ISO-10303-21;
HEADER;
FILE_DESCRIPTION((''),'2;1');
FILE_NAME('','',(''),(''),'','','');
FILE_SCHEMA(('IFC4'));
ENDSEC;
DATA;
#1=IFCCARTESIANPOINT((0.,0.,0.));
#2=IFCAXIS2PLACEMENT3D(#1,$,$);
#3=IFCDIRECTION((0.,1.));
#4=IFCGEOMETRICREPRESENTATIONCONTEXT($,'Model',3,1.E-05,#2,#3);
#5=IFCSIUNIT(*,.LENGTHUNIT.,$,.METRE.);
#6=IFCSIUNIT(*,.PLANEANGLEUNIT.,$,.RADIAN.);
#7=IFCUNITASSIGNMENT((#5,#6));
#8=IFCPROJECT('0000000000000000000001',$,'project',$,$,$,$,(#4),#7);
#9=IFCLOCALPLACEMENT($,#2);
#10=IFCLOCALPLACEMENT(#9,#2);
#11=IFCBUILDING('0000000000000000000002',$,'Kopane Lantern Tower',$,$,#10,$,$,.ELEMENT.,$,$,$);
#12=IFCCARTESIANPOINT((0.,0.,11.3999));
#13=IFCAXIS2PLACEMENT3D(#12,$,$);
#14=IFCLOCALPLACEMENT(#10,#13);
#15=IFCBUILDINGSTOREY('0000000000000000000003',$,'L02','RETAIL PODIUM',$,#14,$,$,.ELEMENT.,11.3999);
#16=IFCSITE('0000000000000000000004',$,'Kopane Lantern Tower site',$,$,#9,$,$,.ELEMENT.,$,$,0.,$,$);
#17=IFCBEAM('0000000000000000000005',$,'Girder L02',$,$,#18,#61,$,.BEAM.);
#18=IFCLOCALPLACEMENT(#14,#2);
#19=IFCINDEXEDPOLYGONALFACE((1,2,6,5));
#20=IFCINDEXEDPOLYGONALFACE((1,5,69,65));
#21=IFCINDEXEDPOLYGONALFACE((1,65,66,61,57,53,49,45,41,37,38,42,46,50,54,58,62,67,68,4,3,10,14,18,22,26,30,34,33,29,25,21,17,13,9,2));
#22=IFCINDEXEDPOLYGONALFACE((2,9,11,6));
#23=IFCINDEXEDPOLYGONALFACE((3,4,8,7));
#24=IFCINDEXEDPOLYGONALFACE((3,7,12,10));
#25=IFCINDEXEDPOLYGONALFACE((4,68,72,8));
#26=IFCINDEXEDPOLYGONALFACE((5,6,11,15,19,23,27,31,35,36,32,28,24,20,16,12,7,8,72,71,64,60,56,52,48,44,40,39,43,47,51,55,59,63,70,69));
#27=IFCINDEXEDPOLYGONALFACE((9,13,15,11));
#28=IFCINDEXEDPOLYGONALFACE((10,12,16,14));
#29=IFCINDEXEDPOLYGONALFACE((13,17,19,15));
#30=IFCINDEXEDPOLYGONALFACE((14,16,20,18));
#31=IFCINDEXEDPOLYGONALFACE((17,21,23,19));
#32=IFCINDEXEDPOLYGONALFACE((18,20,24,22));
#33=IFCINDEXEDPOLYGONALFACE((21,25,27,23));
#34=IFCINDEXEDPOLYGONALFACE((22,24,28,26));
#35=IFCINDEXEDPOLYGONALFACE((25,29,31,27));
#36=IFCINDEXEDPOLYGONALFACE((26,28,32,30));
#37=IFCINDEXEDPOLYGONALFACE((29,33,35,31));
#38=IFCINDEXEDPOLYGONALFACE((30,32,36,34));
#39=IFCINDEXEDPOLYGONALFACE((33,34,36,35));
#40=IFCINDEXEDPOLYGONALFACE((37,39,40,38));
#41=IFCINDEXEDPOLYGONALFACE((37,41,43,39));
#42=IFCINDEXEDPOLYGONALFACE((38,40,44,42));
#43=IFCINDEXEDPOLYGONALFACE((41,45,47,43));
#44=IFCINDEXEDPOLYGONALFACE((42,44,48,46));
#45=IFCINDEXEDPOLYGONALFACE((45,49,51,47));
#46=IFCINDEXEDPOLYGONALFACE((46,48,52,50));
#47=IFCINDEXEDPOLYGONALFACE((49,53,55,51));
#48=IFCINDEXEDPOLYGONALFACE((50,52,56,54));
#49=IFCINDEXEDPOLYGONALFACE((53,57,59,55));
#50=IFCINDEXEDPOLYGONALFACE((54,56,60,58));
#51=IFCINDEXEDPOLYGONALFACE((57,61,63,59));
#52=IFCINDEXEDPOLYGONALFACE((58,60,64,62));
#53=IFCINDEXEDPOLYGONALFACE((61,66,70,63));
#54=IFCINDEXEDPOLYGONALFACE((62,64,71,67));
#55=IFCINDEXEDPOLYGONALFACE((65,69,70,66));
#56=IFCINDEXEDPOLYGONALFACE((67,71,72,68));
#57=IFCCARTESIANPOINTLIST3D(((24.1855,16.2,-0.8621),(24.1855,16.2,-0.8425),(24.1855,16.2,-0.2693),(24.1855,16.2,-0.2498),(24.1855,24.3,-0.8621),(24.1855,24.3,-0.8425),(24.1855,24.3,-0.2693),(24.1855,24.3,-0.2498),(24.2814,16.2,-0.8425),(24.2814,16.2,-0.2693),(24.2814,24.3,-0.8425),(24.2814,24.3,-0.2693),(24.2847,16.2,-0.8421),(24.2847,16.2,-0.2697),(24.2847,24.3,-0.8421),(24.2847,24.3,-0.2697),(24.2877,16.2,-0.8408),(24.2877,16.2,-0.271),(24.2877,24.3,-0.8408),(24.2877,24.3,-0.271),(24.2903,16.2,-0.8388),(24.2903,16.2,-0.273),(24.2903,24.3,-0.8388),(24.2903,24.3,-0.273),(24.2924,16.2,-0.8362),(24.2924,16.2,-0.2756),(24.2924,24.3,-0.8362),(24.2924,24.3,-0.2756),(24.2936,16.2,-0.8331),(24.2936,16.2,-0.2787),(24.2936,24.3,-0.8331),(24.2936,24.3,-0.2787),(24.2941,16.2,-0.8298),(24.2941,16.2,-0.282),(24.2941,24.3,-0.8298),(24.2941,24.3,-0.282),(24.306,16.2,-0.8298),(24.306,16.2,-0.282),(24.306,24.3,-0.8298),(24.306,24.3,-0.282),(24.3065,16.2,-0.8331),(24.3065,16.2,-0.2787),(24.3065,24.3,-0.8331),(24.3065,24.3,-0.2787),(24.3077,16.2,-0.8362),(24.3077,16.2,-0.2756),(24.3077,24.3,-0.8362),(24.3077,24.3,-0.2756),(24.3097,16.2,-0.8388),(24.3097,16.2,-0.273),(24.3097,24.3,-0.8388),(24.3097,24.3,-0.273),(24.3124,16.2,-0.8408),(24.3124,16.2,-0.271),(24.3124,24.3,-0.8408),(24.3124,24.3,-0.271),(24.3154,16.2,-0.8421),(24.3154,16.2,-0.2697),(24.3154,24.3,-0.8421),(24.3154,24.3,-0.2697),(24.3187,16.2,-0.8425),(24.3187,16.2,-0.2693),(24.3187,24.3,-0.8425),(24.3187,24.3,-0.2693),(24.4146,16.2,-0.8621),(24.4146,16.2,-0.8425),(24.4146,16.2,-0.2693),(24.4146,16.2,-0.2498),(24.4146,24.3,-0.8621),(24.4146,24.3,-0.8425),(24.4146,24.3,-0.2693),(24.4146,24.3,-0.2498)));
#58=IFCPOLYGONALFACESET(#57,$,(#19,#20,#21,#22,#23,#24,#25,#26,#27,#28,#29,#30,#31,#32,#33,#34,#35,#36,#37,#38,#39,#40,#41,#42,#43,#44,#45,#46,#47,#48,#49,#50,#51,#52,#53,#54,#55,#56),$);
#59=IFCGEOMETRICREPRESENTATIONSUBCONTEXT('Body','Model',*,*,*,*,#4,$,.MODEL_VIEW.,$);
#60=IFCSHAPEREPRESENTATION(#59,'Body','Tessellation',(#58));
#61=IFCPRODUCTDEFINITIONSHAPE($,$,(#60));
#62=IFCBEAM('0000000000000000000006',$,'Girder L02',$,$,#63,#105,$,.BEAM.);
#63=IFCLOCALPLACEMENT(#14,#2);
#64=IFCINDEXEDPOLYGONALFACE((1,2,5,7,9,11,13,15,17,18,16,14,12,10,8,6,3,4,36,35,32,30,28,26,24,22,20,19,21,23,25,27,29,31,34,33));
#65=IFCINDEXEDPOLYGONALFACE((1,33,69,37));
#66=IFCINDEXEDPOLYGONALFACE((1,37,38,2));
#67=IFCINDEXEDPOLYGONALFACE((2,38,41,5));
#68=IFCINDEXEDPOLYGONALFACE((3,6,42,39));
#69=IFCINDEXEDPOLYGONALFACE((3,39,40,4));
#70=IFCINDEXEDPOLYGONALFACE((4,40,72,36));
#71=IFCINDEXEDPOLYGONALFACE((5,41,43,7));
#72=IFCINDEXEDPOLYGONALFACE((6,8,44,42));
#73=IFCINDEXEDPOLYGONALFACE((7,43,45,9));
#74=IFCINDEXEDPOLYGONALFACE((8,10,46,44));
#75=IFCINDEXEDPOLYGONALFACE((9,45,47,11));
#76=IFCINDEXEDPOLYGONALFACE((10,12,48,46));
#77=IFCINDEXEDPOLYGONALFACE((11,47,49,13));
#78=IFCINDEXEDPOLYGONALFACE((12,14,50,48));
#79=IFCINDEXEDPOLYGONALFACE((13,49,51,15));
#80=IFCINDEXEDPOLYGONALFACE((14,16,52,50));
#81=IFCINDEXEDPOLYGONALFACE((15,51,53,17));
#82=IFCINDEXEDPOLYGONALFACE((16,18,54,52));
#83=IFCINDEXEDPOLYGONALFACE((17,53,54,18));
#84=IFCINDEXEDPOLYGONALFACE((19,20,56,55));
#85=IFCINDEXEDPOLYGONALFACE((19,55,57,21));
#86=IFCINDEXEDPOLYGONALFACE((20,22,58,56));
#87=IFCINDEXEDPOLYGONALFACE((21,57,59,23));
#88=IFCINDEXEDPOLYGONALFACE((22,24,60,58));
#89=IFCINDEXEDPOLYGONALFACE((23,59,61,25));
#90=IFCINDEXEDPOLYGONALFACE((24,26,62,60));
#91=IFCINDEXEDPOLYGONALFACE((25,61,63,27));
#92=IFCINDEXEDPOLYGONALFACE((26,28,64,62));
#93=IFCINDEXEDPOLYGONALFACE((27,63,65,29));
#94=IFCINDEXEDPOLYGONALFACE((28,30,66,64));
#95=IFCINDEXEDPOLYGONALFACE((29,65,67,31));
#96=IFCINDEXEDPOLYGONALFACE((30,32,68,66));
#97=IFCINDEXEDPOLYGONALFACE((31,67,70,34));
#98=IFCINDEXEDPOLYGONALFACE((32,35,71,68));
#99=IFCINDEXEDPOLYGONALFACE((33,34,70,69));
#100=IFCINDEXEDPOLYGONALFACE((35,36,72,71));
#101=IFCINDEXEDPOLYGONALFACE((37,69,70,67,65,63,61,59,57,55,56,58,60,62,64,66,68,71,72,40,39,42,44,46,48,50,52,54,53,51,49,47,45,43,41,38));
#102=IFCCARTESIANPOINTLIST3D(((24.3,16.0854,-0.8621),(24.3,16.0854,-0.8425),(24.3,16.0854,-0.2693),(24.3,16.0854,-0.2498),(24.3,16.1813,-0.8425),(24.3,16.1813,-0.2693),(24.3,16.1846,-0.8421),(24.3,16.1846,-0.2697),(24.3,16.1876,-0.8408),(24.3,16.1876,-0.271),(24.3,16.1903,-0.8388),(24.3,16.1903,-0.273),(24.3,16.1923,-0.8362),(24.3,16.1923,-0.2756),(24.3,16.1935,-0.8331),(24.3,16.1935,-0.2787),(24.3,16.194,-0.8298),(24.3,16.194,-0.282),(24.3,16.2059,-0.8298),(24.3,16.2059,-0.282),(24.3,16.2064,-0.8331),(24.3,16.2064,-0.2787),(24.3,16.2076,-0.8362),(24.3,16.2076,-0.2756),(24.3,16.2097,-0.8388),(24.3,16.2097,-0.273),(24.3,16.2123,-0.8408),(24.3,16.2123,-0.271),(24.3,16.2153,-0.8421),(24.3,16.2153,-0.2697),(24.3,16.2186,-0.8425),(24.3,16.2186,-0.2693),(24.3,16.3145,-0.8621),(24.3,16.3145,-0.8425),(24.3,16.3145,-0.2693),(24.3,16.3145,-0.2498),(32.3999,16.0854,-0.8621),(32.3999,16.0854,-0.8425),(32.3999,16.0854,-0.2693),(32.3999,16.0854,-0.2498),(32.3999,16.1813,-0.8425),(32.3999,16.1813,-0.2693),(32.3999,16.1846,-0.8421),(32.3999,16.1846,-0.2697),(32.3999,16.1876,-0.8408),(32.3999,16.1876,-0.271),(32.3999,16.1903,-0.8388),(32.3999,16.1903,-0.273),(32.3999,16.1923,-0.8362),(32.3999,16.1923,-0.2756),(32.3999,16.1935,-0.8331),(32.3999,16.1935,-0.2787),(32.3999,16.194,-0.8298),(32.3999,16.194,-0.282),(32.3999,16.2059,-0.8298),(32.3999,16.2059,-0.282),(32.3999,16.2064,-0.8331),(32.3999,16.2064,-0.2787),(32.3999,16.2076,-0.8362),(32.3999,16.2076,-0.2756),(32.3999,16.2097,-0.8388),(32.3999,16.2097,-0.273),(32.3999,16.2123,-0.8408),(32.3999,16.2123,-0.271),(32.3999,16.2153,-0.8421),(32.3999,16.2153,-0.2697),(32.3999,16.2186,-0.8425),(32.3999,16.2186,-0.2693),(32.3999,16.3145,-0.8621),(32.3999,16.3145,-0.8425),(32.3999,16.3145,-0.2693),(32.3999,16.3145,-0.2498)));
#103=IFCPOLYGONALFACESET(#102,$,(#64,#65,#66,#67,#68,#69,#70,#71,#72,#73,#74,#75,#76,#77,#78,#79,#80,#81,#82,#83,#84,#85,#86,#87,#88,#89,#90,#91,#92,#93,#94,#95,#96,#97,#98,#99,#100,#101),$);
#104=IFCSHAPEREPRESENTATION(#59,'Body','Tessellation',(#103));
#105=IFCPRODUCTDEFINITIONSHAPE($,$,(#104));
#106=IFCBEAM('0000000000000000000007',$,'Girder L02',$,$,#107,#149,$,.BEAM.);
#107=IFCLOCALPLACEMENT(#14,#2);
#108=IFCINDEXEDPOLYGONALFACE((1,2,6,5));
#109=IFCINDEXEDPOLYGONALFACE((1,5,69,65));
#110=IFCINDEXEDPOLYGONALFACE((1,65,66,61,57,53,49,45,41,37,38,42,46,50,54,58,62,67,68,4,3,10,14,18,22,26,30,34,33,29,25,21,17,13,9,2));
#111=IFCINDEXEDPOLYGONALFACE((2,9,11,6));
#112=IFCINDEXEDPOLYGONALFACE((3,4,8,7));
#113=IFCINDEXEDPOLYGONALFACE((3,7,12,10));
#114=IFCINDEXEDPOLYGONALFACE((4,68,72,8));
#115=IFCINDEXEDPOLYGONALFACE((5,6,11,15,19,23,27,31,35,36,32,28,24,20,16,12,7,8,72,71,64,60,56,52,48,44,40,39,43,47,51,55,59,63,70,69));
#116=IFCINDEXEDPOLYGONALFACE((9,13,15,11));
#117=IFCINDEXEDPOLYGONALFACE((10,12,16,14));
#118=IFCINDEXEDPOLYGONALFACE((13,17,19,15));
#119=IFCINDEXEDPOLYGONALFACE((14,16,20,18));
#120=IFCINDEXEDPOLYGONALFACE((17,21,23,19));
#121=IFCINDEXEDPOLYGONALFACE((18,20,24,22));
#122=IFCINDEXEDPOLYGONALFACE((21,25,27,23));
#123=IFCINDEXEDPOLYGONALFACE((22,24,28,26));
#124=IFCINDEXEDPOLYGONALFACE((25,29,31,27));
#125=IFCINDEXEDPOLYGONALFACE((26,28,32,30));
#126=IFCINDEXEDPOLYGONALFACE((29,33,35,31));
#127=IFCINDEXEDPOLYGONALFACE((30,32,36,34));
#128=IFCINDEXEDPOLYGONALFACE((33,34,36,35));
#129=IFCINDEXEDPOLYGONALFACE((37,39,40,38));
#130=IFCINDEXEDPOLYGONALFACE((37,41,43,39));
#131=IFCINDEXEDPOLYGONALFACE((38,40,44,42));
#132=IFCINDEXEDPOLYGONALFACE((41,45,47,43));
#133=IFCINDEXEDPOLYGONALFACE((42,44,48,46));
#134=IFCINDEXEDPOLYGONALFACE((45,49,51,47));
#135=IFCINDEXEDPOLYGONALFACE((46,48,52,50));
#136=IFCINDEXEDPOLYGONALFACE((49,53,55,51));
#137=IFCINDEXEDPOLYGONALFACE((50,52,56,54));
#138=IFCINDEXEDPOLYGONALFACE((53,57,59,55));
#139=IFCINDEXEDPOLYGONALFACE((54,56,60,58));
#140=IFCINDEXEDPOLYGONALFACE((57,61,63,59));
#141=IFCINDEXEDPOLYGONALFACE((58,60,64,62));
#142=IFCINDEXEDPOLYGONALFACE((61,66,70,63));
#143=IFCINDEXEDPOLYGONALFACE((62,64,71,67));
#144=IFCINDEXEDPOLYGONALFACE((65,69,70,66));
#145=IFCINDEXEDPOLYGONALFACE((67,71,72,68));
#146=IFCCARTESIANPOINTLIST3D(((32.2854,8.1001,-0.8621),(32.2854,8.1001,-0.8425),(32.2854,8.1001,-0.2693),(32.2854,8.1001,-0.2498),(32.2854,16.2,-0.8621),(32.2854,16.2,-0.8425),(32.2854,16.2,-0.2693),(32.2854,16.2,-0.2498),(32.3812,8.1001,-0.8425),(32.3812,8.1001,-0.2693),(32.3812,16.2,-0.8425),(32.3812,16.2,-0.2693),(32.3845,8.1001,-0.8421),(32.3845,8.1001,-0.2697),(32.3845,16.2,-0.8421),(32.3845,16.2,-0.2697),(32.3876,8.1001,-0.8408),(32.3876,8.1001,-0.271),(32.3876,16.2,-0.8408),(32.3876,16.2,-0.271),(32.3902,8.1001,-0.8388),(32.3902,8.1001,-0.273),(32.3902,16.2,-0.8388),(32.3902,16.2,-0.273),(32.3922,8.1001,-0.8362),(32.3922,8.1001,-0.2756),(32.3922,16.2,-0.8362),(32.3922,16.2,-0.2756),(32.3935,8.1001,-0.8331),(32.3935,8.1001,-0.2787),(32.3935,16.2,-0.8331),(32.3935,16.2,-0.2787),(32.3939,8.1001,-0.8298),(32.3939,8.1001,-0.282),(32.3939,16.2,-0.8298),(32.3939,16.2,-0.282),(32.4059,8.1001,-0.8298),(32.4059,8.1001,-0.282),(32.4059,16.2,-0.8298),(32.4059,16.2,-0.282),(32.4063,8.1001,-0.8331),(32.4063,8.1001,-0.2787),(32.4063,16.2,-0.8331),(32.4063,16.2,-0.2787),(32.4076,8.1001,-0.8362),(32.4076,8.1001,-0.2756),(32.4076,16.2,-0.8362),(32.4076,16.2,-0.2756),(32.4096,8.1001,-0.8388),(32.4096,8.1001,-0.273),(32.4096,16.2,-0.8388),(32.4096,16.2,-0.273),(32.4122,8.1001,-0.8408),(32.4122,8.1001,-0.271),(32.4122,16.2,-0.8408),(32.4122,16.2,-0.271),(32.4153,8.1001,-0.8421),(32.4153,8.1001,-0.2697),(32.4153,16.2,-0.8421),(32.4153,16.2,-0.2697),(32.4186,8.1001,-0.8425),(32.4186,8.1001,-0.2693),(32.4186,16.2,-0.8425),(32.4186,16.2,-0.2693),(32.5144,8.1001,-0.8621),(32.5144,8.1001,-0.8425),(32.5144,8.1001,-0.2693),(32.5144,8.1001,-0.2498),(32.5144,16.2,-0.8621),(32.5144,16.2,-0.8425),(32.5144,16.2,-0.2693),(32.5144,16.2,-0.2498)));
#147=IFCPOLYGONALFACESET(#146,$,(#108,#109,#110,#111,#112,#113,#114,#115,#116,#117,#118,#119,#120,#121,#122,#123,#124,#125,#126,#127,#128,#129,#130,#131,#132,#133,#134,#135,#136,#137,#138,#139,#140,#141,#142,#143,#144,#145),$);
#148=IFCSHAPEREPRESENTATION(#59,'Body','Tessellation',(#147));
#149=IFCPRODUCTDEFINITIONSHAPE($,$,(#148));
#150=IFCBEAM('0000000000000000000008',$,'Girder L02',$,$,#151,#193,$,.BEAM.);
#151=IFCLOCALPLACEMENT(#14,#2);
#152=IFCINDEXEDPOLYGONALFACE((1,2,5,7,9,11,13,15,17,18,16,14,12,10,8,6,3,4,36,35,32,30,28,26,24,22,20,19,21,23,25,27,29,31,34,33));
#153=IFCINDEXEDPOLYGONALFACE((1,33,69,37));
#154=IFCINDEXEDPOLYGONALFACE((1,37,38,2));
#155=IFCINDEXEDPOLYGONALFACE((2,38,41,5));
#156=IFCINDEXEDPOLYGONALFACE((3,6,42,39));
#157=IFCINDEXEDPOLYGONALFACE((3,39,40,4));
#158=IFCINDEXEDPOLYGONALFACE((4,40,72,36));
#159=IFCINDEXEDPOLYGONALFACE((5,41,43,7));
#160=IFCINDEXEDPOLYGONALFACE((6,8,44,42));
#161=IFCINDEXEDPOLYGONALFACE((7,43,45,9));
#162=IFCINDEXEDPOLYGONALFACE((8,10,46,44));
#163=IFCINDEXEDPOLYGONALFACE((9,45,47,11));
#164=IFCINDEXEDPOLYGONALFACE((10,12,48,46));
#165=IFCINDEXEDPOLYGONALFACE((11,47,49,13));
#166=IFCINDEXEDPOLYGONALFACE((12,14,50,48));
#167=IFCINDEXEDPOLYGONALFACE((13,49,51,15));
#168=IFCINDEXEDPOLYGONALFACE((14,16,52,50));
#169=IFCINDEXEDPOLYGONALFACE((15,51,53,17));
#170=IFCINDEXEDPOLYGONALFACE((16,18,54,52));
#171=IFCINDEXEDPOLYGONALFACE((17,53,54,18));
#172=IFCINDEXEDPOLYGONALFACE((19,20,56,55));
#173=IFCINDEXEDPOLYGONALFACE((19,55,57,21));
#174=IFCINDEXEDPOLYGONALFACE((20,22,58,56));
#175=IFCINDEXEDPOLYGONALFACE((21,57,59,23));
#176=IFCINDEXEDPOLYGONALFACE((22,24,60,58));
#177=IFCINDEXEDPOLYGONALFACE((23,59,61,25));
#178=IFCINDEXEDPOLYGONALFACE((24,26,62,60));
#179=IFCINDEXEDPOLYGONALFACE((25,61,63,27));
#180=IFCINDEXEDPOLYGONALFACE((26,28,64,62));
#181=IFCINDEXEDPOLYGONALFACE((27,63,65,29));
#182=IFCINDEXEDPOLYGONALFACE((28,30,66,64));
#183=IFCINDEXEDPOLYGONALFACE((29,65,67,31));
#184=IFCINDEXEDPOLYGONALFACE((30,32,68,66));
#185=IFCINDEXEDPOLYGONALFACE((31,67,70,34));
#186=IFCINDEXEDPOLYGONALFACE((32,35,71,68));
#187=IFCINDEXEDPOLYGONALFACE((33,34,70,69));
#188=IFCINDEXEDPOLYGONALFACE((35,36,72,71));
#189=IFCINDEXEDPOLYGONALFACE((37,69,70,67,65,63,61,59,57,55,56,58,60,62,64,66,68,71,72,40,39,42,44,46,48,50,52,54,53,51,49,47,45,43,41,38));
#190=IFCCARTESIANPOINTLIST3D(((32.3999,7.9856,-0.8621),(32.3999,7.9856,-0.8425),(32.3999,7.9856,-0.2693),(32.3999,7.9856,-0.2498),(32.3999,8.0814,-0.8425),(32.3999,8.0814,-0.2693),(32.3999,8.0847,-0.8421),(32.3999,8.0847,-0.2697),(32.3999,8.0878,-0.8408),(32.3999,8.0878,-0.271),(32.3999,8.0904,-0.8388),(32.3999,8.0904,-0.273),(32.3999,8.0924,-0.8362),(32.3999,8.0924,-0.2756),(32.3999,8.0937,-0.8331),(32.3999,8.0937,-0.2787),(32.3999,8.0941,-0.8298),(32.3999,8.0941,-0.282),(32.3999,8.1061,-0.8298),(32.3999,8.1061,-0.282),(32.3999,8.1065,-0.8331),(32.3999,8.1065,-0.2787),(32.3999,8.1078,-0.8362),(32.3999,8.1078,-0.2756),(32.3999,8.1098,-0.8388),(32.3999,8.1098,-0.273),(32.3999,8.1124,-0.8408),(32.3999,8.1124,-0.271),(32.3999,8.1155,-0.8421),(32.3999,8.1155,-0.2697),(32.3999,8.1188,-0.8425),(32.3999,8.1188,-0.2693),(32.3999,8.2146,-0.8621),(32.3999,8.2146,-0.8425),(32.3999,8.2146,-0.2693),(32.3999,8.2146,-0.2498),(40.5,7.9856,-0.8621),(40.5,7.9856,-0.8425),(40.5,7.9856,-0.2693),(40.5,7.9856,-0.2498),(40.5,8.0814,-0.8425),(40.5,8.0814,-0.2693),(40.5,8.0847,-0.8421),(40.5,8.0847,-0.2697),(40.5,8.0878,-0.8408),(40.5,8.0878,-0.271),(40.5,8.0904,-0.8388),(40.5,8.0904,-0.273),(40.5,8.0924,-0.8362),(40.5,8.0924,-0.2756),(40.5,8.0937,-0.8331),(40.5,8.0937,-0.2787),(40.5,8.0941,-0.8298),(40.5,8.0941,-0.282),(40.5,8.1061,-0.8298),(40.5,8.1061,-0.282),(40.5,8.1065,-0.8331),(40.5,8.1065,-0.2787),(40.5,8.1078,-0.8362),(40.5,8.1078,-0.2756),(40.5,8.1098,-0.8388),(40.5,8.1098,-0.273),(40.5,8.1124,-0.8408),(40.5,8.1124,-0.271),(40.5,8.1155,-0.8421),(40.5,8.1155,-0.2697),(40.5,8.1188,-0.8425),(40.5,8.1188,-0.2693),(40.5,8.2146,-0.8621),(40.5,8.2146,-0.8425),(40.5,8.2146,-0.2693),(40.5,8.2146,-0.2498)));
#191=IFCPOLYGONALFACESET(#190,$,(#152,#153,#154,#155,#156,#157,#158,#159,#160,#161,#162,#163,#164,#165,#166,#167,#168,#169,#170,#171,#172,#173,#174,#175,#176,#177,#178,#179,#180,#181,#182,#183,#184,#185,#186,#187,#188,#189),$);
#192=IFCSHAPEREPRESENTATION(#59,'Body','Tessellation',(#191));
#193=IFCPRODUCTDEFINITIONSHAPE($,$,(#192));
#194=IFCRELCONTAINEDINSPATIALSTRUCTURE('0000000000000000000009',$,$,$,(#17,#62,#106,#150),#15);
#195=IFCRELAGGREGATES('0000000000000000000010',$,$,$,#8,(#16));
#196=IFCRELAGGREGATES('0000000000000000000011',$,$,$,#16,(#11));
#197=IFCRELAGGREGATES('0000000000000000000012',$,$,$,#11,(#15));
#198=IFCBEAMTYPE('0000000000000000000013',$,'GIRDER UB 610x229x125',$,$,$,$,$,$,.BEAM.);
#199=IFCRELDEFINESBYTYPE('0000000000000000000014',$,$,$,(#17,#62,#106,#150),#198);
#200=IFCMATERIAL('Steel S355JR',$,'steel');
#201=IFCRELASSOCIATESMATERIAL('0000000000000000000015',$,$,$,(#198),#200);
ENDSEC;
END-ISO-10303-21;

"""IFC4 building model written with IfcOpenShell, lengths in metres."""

from ifc_helpers import new_model, si_unit, direction, frame, origin, origin_2d, place, context, subcontext, project, spatial, i_section, extrude, material, material_profile, profile_set, type_object, element, save


model = new_model("IFC4")

# Units and contexts
model_context = context("Model", 3, precision=1e-05, world=origin(), true_north=direction((0.0, 1.0)))
body_context = subcontext(model_context, "Body", "Model", "MODEL_VIEW")
ifc_project = project(units=[si_unit("LENGTHUNIT", "METRE"), si_unit("PLANEANGLEUNIT", "RADIAN")], contexts=[model_context])

# Site, building, storey
site_placement = place(None, origin())
site = spatial("IfcSite", under=ifc_project, at=site_placement, Name="Kopane Lantern Tower site", CompositionType="ELEMENT", RefElevation=0.0)
building_placement = place(site_placement, origin())
building = spatial("IfcBuilding", under=site, at=building_placement, Name="Kopane Lantern Tower", CompositionType="ELEMENT")
storey_placement = place(building_placement, frame((0.0, 0.0, 11.3999)))
storey = spatial("IfcBuildingStorey", under=building, at=storey_placement, Name="L02", Description="RETAIL PODIUM", CompositionType="ELEMENT", Elevation=11.3999)

# Beams
ifc_material_1 = material(Name="Steel S355JR", Category="steel")
ifc_material_profile_1 = material_profile(ifc_material_1, i_section(OverallWidth=0.229, OverallDepth=0.6123, WebThickness=0.012, FlangeThickness=0.0195, FilletRadius=0.0127, at=origin_2d()), Name="UB 610x229x125")
ifc_profile_set_1 = profile_set([ifc_material_profile_1], Name="Steel S355JR")
beam_type = type_object("IfcBeamType", Name="GIRDER UB 610x229x125", PredefinedType="BEAM", material=ifc_profile_set_1)
beam_placement = place(storey_placement, frame((24.3, 16.2, -0.5559), z_axis=(0.0, 1.0, 0.0), x_axis=(-1.0, 0.0, 0.0)))
element("IfcBeam", 1, at=beam_placement, inside=storey, type_object=beam_type, Name="Girder L02", PredefinedType="BEAM", context=body_context, shape_type="SweptSolid", body=[
    extrude(i_section(OverallWidth=0.229, OverallDepth=0.6123, WebThickness=0.012, FlangeThickness=0.0195, FilletRadius=0.0127, at=origin_2d()), origin(), (0.0, 0.0, 1.0), 8.1001),
])
for number, where, z_axis, x_axis, name in (
    (2, (24.3, 16.2, -0.5559), (1.0, 0.0, 0.0), (0.0, 1.0, 0.0), "Girder L02"),
    (3, (32.3999, 8.1001, -0.5559), (0.0, 1.0, 0.0), (-1.0, 0.0, 0.0), "Girder L02"),
):
    element("IfcBeam", number, at=place(storey_placement, frame(where, z_axis=z_axis, x_axis=x_axis)), inside=storey, type_object=beam_type, Name=name, PredefinedType="BEAM", context=body_context, shape_type="SweptSolid", body=[
        extrude(i_section(OverallWidth=0.229, OverallDepth=0.6123, WebThickness=0.012, FlangeThickness=0.0195, FilletRadius=0.0127, at=origin_2d()), origin(), (0.0, 0.0, 1.0), 8.0999),
    ])
for number, where, z_axis, x_axis, name in (
    (4, (32.3999, 8.1001, -0.5559), (1.0, 0.0, 0.0), (0.0, 1.0, 0.0), "Girder L02"),
):
    element("IfcBeam", number, at=place(storey_placement, frame(where, z_axis=z_axis, x_axis=x_axis)), inside=storey, type_object=beam_type, Name=name, PredefinedType="BEAM", context=body_context, shape_type="SweptSolid", body=[
        extrude(i_section(OverallWidth=0.229, OverallDepth=0.6123, WebThickness=0.012, FlangeThickness=0.0195, FilletRadius=0.0127, at=origin_2d()), origin(), (0.0, 0.0, 1.0), 8.1001),
    ])

save(model, "model.ifc")
